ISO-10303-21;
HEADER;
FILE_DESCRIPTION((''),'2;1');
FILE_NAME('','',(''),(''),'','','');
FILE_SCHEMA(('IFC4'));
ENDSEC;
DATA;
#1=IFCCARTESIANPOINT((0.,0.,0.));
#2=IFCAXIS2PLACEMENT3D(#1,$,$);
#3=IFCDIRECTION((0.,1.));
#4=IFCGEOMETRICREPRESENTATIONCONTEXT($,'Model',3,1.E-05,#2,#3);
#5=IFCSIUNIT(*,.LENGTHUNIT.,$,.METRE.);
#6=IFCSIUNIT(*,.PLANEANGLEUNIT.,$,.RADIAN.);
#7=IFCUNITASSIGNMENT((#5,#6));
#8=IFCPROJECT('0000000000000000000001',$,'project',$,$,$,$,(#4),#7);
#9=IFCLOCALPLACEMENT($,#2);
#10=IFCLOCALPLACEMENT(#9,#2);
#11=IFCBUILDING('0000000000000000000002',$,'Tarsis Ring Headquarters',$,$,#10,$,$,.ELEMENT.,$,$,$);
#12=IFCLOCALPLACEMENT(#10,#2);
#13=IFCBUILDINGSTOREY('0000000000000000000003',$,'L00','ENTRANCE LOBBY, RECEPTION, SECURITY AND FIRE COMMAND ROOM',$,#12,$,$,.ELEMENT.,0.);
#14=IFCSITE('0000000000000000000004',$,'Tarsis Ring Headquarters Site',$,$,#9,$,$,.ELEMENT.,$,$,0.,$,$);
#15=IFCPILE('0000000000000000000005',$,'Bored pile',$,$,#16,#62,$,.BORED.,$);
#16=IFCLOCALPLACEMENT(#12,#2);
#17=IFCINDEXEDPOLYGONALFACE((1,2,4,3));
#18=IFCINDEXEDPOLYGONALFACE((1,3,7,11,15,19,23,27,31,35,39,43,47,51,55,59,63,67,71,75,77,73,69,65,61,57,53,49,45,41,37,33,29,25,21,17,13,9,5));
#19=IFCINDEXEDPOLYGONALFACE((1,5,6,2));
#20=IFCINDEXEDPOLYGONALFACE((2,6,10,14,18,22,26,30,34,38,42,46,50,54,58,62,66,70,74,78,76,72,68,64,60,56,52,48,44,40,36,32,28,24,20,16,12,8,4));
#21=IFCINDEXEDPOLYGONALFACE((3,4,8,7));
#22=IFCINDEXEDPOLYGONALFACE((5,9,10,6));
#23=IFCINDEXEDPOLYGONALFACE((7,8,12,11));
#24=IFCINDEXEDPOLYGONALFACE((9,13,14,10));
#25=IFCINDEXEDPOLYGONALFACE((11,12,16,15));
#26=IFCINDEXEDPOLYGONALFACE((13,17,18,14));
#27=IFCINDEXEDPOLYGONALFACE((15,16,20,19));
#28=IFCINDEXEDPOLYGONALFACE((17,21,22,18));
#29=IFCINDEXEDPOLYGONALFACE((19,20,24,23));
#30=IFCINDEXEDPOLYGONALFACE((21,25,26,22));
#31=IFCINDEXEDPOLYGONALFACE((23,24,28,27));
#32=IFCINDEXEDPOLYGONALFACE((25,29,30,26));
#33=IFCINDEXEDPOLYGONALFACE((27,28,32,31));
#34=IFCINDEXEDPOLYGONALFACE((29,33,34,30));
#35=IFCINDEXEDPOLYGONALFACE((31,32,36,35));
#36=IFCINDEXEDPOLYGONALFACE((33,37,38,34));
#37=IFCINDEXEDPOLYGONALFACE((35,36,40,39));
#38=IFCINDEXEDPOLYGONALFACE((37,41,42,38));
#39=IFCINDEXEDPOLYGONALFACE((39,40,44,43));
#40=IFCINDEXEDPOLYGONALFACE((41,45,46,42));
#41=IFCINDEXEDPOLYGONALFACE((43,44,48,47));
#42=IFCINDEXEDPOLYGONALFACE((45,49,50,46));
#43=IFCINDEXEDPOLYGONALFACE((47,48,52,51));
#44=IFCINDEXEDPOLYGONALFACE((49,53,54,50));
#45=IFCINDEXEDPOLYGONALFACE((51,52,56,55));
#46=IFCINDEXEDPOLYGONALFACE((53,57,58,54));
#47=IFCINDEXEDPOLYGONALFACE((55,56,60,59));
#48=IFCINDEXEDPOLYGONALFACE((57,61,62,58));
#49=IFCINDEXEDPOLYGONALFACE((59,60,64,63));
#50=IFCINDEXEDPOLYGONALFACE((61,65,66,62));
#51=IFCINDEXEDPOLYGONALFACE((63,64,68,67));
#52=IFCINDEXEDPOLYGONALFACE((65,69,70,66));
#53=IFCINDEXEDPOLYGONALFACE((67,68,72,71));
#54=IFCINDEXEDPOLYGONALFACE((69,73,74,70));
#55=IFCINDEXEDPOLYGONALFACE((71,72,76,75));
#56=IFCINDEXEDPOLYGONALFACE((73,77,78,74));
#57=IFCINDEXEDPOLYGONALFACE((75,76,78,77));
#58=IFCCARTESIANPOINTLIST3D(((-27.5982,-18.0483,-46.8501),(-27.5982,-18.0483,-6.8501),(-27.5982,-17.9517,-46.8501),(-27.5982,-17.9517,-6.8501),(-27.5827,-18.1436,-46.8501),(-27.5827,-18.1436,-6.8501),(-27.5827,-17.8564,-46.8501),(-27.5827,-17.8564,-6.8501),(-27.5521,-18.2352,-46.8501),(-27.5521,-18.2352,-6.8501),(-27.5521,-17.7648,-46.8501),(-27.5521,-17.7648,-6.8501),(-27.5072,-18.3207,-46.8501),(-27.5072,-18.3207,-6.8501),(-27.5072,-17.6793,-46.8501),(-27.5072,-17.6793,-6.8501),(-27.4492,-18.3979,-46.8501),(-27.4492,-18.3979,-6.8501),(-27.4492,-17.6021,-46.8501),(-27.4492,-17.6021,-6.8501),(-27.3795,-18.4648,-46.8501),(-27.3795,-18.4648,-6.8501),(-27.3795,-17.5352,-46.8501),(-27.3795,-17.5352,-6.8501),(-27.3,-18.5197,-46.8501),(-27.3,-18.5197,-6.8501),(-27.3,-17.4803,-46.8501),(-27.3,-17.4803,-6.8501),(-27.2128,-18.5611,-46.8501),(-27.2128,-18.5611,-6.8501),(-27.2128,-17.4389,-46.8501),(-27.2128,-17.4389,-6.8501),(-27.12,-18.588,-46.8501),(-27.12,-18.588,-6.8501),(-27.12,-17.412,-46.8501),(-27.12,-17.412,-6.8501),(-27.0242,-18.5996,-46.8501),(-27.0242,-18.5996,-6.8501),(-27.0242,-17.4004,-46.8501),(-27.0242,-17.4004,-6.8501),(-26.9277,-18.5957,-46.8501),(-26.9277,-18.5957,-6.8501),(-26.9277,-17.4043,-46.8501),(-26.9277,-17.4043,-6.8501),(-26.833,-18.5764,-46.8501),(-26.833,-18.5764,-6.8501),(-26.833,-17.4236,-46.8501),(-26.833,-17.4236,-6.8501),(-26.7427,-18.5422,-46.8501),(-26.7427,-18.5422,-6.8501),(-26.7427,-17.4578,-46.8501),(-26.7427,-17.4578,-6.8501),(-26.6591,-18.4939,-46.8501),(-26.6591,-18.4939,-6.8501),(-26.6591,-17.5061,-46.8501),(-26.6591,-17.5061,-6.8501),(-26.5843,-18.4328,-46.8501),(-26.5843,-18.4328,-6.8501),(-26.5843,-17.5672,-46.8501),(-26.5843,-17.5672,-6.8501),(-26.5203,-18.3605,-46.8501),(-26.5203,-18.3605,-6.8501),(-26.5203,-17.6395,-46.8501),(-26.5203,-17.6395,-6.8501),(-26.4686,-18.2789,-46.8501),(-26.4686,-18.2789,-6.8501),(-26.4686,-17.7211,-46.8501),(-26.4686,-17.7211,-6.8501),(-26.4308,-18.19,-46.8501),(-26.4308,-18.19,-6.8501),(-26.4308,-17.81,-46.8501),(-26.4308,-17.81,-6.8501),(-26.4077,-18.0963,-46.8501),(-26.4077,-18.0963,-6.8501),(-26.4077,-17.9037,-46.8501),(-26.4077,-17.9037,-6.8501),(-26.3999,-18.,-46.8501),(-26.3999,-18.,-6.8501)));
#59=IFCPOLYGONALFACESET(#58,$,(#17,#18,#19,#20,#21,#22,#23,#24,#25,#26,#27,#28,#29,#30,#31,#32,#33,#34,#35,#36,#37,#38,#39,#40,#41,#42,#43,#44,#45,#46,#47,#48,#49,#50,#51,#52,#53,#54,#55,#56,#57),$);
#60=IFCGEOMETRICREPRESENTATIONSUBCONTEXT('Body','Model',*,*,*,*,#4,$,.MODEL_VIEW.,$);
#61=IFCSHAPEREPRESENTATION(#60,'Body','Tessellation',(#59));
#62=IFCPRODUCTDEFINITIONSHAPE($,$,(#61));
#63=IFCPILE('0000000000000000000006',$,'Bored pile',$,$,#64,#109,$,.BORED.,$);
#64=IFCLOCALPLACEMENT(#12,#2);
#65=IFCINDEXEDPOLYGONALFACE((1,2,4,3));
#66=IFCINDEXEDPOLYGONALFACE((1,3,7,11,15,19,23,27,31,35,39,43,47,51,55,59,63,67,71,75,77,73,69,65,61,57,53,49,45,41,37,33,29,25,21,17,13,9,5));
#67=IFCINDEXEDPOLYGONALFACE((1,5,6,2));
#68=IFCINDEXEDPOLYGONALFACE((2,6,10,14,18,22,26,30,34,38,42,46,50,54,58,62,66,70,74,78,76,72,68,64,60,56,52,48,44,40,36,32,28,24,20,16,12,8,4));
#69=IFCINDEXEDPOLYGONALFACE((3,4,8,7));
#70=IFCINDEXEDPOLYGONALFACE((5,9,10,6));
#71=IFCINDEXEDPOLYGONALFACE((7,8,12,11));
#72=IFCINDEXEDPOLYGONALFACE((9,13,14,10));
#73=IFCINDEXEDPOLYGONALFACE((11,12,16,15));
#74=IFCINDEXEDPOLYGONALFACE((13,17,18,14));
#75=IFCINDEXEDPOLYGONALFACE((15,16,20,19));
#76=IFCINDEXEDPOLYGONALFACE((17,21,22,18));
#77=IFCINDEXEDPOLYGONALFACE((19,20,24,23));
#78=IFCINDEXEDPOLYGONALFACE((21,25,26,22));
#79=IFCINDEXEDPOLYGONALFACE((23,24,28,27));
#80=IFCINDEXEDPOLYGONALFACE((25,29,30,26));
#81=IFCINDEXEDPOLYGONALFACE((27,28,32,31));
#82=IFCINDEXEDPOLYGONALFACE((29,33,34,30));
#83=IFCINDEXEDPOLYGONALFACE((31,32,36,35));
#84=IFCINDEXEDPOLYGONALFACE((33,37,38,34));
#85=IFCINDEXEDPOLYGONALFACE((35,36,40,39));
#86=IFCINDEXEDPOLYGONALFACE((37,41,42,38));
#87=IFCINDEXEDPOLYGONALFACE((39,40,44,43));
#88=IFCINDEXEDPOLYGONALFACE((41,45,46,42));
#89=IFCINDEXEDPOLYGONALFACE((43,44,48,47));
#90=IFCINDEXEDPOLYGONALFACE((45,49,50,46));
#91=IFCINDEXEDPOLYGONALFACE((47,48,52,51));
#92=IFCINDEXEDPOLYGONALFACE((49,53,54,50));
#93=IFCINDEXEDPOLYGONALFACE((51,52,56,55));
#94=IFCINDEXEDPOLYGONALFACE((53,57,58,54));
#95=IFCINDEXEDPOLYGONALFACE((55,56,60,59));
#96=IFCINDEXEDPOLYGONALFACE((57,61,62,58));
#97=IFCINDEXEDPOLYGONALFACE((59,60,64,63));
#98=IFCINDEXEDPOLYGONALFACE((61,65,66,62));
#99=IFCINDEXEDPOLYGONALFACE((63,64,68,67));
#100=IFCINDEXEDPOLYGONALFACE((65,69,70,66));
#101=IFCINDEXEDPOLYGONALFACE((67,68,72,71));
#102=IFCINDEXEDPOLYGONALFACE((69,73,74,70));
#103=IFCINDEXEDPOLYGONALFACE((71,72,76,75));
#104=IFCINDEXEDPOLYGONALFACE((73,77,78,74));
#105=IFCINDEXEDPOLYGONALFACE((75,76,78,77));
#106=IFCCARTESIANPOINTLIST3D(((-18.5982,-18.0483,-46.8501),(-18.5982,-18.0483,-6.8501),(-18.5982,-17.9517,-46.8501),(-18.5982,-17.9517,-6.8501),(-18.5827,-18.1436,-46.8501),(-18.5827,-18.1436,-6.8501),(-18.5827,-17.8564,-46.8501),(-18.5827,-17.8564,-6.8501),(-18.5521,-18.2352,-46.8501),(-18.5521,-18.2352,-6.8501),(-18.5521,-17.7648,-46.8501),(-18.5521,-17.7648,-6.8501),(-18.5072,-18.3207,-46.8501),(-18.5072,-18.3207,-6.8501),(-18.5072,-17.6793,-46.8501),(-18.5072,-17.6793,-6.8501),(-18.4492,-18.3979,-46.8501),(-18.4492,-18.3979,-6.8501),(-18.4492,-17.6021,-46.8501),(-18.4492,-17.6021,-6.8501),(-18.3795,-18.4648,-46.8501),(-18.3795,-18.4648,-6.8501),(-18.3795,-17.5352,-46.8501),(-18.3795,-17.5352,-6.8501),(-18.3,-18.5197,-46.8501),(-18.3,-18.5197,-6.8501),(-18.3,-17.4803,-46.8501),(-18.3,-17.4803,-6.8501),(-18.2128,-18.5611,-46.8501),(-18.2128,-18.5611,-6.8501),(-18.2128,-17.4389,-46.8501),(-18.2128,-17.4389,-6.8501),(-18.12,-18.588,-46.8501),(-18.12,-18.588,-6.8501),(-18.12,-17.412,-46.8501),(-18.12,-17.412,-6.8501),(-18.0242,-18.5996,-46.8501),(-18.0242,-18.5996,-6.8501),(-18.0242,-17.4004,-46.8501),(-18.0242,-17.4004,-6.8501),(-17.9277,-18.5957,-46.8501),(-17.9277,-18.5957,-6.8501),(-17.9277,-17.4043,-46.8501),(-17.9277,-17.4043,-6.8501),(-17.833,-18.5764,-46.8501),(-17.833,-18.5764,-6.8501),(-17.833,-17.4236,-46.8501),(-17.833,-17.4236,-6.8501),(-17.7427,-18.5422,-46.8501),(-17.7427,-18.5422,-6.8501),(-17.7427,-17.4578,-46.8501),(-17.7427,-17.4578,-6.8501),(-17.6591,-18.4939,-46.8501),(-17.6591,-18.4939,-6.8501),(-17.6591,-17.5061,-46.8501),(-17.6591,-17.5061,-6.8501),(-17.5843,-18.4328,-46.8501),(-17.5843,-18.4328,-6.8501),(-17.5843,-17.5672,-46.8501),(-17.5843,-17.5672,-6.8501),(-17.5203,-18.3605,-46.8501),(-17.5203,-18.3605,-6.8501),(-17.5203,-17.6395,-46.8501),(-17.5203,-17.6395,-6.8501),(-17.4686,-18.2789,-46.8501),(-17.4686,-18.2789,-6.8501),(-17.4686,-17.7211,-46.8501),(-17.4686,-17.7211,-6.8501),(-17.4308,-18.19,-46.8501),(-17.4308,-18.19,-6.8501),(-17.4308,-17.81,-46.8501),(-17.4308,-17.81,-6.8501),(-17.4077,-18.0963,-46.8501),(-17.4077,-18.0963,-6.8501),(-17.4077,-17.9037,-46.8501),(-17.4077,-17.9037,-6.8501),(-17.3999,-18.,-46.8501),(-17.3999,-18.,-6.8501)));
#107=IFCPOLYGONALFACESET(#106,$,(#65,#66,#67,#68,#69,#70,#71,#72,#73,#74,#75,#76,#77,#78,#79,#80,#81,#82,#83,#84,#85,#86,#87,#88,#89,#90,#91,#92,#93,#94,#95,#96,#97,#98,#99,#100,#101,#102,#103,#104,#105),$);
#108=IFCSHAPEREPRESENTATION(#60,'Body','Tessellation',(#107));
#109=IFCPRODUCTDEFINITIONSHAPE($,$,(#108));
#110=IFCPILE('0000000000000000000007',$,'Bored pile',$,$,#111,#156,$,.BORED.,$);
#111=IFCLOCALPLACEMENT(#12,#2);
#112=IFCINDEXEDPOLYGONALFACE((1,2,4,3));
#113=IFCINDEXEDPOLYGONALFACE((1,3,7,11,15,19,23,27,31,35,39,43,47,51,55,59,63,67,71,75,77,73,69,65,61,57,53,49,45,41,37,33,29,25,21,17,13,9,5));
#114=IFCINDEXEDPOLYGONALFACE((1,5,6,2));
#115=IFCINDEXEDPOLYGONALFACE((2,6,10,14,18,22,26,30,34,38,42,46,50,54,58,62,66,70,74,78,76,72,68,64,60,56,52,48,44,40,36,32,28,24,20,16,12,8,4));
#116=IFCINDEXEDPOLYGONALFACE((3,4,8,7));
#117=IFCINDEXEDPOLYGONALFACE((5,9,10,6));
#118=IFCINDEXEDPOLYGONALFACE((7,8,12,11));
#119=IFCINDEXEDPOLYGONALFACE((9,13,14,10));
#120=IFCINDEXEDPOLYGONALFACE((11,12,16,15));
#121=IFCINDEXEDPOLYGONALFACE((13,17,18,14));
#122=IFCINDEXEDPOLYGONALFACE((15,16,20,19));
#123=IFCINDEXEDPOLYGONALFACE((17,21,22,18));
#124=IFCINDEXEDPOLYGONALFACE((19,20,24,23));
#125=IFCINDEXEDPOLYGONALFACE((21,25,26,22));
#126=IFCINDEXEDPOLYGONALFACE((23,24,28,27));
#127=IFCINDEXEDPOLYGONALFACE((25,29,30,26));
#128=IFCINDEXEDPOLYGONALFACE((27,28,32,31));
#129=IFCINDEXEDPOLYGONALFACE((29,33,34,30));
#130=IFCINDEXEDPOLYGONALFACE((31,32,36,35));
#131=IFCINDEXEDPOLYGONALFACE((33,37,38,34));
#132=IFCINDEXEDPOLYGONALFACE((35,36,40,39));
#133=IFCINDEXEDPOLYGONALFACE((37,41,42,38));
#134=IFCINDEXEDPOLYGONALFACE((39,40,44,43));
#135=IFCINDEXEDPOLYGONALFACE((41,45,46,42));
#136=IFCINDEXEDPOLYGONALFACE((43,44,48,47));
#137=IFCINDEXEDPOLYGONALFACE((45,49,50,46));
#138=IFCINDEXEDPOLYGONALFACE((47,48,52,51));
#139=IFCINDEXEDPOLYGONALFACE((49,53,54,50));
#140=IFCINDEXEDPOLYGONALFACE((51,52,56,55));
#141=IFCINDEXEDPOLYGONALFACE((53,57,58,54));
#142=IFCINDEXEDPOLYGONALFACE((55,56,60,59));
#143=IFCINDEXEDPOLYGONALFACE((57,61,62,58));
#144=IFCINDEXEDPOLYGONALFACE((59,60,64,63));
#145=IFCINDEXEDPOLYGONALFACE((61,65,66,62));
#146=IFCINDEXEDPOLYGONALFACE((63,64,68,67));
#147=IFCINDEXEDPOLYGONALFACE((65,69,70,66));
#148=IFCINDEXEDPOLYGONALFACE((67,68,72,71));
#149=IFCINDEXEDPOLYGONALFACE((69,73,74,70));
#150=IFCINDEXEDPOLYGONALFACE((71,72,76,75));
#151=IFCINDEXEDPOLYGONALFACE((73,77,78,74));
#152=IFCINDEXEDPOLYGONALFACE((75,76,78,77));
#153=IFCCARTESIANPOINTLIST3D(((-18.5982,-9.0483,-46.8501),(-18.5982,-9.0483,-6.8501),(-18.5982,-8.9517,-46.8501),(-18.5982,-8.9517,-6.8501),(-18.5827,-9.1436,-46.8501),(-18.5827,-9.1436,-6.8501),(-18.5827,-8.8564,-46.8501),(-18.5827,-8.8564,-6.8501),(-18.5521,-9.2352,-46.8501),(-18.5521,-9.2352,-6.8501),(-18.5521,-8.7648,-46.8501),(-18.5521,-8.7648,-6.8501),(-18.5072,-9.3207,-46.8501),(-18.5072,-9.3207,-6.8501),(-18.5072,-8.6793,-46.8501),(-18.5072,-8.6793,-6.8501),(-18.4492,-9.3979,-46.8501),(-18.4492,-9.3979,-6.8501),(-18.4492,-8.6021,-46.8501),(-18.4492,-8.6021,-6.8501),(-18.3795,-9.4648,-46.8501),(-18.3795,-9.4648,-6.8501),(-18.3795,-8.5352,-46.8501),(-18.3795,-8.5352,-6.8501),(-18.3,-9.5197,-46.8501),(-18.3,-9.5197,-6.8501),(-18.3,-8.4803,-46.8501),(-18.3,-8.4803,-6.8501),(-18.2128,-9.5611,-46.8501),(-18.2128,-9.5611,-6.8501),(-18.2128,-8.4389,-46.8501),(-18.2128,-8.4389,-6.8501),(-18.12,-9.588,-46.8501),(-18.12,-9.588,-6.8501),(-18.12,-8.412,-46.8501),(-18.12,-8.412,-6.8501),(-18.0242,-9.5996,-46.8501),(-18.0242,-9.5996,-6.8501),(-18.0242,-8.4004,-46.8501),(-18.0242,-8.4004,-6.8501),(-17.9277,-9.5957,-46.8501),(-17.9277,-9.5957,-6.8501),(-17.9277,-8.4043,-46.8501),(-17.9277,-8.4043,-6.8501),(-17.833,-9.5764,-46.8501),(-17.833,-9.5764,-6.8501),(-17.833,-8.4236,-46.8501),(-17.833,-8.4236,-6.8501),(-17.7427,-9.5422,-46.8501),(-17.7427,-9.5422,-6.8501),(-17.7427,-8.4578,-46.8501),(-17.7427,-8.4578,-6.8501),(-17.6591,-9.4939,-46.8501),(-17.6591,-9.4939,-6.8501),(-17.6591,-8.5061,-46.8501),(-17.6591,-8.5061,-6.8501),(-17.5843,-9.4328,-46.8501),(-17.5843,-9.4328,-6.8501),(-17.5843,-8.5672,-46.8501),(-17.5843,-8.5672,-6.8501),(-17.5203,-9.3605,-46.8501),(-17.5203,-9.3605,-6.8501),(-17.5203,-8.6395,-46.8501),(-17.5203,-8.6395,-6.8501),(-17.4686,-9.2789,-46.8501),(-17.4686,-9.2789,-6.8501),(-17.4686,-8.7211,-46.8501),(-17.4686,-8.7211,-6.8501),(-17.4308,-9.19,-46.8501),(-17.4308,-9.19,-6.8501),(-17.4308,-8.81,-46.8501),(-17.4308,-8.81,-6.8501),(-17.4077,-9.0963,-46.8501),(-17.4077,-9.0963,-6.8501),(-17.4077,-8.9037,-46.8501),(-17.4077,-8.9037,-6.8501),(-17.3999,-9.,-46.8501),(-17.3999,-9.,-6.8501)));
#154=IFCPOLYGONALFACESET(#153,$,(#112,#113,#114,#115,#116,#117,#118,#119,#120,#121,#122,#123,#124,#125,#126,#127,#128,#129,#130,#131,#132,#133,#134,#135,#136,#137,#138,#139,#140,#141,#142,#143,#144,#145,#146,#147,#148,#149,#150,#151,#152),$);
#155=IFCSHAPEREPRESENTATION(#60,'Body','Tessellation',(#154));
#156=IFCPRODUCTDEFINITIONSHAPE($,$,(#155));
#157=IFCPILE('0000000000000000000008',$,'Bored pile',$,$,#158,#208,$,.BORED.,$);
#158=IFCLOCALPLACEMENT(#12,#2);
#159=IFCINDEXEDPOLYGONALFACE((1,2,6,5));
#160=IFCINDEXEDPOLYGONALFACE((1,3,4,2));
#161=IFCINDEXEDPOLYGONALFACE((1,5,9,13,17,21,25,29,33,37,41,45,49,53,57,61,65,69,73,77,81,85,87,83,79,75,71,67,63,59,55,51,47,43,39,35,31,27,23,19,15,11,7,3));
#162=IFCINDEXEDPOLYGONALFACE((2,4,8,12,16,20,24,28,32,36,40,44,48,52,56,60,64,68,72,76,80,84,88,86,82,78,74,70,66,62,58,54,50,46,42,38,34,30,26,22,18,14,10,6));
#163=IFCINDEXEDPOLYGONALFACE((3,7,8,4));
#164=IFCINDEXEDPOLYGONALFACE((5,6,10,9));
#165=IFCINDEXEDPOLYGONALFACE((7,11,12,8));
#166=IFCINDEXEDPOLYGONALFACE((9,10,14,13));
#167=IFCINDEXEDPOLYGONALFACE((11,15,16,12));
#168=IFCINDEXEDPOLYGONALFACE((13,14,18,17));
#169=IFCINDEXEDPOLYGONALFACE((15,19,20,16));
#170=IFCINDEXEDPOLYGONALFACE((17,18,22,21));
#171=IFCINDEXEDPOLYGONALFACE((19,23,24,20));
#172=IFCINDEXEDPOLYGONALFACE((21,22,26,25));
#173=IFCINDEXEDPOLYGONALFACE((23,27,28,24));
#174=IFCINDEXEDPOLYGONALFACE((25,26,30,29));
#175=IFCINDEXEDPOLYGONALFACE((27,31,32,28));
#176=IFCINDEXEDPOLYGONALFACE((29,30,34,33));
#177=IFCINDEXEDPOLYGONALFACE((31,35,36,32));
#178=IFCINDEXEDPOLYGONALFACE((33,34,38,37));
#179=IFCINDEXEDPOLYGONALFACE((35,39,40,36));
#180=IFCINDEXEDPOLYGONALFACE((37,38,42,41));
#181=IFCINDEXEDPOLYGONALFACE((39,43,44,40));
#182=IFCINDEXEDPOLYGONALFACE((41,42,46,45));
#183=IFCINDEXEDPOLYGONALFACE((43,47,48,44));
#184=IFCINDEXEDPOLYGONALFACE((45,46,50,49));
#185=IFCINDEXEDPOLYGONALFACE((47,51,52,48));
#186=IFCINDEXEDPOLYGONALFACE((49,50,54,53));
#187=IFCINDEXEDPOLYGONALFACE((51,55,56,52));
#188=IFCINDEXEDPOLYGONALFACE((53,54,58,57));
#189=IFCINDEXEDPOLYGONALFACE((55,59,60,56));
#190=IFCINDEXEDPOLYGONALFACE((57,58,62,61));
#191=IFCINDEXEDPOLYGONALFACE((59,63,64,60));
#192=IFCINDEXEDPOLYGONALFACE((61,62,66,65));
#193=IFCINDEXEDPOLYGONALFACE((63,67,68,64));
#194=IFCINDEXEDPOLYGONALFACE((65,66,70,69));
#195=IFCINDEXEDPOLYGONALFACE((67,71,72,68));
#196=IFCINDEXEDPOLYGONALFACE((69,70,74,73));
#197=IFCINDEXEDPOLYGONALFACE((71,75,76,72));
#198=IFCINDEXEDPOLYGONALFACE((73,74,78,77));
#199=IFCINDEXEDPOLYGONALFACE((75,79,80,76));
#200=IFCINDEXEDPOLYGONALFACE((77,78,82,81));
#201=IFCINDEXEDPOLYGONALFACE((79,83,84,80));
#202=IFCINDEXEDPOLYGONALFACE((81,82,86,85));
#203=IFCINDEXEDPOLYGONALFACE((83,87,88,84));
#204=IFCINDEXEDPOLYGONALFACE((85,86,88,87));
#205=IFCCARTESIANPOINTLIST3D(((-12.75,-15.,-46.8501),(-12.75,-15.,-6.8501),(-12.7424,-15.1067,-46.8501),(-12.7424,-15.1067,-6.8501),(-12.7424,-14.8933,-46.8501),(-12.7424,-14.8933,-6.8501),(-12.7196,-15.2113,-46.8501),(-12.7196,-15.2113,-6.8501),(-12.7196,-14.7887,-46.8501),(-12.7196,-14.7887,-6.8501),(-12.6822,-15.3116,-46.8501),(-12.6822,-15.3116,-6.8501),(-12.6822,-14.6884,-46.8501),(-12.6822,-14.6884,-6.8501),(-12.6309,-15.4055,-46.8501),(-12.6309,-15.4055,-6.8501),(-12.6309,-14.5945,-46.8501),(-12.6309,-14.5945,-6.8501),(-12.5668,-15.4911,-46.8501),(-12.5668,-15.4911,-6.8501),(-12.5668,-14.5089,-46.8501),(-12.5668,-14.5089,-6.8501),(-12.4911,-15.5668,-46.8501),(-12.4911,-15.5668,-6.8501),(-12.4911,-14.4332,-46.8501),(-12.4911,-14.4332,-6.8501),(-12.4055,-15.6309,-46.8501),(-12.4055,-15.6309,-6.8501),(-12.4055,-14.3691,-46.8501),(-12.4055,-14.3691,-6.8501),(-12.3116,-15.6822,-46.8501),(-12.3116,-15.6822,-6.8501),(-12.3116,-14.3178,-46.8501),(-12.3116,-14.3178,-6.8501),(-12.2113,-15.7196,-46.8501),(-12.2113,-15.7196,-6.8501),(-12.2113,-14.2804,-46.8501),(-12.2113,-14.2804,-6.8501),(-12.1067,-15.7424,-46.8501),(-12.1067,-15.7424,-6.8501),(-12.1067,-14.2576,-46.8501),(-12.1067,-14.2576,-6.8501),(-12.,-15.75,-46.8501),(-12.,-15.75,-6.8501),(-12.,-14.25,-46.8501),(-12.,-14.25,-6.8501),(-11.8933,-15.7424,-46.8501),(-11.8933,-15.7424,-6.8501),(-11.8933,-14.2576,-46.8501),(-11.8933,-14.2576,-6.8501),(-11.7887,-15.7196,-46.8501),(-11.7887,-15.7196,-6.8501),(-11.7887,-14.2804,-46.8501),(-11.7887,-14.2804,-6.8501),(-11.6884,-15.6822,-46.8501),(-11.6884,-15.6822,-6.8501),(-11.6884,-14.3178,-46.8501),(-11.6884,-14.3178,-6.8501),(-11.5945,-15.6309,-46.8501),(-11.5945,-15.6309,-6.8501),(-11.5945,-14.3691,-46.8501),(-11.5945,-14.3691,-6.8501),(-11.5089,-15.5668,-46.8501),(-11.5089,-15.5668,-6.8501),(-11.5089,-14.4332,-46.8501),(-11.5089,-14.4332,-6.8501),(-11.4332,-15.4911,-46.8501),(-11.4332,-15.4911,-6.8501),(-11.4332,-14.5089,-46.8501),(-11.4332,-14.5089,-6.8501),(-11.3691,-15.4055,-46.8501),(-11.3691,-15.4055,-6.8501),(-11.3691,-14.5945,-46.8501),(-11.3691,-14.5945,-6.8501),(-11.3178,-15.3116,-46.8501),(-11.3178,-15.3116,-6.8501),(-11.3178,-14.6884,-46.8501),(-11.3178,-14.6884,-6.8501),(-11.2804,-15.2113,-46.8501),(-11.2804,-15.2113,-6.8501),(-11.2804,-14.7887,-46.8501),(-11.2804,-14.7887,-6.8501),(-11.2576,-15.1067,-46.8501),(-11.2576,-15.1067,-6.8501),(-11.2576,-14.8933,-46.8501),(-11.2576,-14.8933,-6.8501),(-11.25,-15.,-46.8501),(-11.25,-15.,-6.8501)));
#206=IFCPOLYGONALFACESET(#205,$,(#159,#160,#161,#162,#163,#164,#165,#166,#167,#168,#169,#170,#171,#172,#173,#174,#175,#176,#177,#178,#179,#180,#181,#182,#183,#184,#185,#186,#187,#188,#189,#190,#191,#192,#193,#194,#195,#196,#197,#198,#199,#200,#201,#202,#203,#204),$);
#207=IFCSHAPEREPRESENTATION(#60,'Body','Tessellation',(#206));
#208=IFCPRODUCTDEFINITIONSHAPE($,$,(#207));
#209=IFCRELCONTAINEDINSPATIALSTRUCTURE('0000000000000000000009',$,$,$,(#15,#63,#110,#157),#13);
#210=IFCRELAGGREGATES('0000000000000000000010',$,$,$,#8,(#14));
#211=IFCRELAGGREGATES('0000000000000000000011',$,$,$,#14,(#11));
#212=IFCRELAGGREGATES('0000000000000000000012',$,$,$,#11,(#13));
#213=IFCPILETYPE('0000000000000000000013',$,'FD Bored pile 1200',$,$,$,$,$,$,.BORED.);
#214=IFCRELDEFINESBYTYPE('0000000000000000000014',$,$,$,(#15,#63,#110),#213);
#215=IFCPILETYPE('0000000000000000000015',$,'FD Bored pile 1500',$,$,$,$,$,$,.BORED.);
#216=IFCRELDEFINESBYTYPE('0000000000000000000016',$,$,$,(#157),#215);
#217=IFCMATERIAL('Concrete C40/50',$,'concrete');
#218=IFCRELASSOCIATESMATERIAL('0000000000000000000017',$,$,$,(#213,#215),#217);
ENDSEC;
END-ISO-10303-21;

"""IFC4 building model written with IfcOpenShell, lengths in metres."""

from ifc_helpers import new_model, si_unit, direction, frame, origin, origin_2d, place, context, subcontext, project, spatial, circle, extrude, material, material_profile, profile_set, type_object, element, save


model = new_model("IFC4")

# Units and contexts
model_context = context("Model", 3, precision=1e-05, world=origin(), true_north=direction((0.0, 1.0)))
body_context = subcontext(model_context, "Body", "Model", "MODEL_VIEW")
ifc_project = project(units=[si_unit("LENGTHUNIT", "METRE"), si_unit("PLANEANGLEUNIT", "RADIAN")], contexts=[model_context])

# Site, building, storey
site_placement = place(None, origin())
site = spatial("IfcSite", under=ifc_project, at=site_placement, Name="Tarsis Ring Headquarters Site", CompositionType="ELEMENT", RefElevation=0.0)
building_placement = place(site_placement, origin())
building = spatial("IfcBuilding", under=site, at=building_placement, Name="Tarsis Ring Headquarters", CompositionType="ELEMENT")
storey_placement = place(building_placement, origin())
storey = spatial("IfcBuildingStorey", under=building, at=storey_placement, Name="L00", Description="ENTRANCE LOBBY, RECEPTION, SECURITY AND FIRE COMMAND ROOM", CompositionType="ELEMENT", Elevation=0.0)

# Piles
ifc_material_1 = material(Name="Concrete C40/50", Category="concrete")
ifc_material_profile_1 = material_profile(ifc_material_1, circle(Radius=0.6001, at=origin_2d()), Name="BORED 1200")
ifc_profile_set_1 = profile_set([ifc_material_profile_1], Name="Concrete C40/50")
pile_type_1 = type_object("IfcPileType", Name="FD Bored pile 1200", PredefinedType="BORED", material=ifc_profile_set_1)
for number, where, z_axis, x_axis, name in (
    (1, (-27.0, -18.0, -6.8501), (0.0, 0.0, -1.0), (1.0, 0.0, 0.0), "Bored pile"),
    (2, (-18.0, -18.0, -6.8501), (0.0, 0.0, -1.0), (1.0, 0.0, 0.0), "Bored pile"),
    (3, (-18.0, -9.0, -6.8501), (0.0, 0.0, -1.0), (1.0, 0.0, 0.0), "Bored pile"),
):
    element("IfcPile", number, at=place(storey_placement, frame(where, z_axis=z_axis, x_axis=x_axis)), inside=storey, type_object=pile_type_1, Name=name, PredefinedType="BORED", context=body_context, shape_type="SweptSolid", body=[
        extrude(circle(Radius=0.6001, at=origin_2d()), origin(), (0.0, 0.0, 1.0), 40.0),
    ])
ifc_material_profile_2 = material_profile(ifc_material_1, circle(Radius=0.75, at=origin_2d()), Name="BORED 1500")
ifc_profile_set_2 = profile_set([ifc_material_profile_2], Name="Concrete C40/50")
pile_type_2 = type_object("IfcPileType", Name="FD Bored pile 1500", PredefinedType="BORED", material=ifc_profile_set_2)
for number, where, z_axis, x_axis, name in (
    (4, (-12.0, -15.0, -6.8501), (0.0, 0.0, -1.0), (1.0, 0.0, 0.0), "Bored pile"),
):
    element("IfcPile", number, at=place(storey_placement, frame(where, z_axis=z_axis, x_axis=x_axis)), inside=storey, type_object=pile_type_2, Name=name, PredefinedType="BORED", context=body_context, shape_type="SweptSolid", body=[
        extrude(circle(Radius=0.75, at=origin_2d()), origin(), (0.0, 0.0, 1.0), 40.0),
    ])

save(model, "model.ifc")
